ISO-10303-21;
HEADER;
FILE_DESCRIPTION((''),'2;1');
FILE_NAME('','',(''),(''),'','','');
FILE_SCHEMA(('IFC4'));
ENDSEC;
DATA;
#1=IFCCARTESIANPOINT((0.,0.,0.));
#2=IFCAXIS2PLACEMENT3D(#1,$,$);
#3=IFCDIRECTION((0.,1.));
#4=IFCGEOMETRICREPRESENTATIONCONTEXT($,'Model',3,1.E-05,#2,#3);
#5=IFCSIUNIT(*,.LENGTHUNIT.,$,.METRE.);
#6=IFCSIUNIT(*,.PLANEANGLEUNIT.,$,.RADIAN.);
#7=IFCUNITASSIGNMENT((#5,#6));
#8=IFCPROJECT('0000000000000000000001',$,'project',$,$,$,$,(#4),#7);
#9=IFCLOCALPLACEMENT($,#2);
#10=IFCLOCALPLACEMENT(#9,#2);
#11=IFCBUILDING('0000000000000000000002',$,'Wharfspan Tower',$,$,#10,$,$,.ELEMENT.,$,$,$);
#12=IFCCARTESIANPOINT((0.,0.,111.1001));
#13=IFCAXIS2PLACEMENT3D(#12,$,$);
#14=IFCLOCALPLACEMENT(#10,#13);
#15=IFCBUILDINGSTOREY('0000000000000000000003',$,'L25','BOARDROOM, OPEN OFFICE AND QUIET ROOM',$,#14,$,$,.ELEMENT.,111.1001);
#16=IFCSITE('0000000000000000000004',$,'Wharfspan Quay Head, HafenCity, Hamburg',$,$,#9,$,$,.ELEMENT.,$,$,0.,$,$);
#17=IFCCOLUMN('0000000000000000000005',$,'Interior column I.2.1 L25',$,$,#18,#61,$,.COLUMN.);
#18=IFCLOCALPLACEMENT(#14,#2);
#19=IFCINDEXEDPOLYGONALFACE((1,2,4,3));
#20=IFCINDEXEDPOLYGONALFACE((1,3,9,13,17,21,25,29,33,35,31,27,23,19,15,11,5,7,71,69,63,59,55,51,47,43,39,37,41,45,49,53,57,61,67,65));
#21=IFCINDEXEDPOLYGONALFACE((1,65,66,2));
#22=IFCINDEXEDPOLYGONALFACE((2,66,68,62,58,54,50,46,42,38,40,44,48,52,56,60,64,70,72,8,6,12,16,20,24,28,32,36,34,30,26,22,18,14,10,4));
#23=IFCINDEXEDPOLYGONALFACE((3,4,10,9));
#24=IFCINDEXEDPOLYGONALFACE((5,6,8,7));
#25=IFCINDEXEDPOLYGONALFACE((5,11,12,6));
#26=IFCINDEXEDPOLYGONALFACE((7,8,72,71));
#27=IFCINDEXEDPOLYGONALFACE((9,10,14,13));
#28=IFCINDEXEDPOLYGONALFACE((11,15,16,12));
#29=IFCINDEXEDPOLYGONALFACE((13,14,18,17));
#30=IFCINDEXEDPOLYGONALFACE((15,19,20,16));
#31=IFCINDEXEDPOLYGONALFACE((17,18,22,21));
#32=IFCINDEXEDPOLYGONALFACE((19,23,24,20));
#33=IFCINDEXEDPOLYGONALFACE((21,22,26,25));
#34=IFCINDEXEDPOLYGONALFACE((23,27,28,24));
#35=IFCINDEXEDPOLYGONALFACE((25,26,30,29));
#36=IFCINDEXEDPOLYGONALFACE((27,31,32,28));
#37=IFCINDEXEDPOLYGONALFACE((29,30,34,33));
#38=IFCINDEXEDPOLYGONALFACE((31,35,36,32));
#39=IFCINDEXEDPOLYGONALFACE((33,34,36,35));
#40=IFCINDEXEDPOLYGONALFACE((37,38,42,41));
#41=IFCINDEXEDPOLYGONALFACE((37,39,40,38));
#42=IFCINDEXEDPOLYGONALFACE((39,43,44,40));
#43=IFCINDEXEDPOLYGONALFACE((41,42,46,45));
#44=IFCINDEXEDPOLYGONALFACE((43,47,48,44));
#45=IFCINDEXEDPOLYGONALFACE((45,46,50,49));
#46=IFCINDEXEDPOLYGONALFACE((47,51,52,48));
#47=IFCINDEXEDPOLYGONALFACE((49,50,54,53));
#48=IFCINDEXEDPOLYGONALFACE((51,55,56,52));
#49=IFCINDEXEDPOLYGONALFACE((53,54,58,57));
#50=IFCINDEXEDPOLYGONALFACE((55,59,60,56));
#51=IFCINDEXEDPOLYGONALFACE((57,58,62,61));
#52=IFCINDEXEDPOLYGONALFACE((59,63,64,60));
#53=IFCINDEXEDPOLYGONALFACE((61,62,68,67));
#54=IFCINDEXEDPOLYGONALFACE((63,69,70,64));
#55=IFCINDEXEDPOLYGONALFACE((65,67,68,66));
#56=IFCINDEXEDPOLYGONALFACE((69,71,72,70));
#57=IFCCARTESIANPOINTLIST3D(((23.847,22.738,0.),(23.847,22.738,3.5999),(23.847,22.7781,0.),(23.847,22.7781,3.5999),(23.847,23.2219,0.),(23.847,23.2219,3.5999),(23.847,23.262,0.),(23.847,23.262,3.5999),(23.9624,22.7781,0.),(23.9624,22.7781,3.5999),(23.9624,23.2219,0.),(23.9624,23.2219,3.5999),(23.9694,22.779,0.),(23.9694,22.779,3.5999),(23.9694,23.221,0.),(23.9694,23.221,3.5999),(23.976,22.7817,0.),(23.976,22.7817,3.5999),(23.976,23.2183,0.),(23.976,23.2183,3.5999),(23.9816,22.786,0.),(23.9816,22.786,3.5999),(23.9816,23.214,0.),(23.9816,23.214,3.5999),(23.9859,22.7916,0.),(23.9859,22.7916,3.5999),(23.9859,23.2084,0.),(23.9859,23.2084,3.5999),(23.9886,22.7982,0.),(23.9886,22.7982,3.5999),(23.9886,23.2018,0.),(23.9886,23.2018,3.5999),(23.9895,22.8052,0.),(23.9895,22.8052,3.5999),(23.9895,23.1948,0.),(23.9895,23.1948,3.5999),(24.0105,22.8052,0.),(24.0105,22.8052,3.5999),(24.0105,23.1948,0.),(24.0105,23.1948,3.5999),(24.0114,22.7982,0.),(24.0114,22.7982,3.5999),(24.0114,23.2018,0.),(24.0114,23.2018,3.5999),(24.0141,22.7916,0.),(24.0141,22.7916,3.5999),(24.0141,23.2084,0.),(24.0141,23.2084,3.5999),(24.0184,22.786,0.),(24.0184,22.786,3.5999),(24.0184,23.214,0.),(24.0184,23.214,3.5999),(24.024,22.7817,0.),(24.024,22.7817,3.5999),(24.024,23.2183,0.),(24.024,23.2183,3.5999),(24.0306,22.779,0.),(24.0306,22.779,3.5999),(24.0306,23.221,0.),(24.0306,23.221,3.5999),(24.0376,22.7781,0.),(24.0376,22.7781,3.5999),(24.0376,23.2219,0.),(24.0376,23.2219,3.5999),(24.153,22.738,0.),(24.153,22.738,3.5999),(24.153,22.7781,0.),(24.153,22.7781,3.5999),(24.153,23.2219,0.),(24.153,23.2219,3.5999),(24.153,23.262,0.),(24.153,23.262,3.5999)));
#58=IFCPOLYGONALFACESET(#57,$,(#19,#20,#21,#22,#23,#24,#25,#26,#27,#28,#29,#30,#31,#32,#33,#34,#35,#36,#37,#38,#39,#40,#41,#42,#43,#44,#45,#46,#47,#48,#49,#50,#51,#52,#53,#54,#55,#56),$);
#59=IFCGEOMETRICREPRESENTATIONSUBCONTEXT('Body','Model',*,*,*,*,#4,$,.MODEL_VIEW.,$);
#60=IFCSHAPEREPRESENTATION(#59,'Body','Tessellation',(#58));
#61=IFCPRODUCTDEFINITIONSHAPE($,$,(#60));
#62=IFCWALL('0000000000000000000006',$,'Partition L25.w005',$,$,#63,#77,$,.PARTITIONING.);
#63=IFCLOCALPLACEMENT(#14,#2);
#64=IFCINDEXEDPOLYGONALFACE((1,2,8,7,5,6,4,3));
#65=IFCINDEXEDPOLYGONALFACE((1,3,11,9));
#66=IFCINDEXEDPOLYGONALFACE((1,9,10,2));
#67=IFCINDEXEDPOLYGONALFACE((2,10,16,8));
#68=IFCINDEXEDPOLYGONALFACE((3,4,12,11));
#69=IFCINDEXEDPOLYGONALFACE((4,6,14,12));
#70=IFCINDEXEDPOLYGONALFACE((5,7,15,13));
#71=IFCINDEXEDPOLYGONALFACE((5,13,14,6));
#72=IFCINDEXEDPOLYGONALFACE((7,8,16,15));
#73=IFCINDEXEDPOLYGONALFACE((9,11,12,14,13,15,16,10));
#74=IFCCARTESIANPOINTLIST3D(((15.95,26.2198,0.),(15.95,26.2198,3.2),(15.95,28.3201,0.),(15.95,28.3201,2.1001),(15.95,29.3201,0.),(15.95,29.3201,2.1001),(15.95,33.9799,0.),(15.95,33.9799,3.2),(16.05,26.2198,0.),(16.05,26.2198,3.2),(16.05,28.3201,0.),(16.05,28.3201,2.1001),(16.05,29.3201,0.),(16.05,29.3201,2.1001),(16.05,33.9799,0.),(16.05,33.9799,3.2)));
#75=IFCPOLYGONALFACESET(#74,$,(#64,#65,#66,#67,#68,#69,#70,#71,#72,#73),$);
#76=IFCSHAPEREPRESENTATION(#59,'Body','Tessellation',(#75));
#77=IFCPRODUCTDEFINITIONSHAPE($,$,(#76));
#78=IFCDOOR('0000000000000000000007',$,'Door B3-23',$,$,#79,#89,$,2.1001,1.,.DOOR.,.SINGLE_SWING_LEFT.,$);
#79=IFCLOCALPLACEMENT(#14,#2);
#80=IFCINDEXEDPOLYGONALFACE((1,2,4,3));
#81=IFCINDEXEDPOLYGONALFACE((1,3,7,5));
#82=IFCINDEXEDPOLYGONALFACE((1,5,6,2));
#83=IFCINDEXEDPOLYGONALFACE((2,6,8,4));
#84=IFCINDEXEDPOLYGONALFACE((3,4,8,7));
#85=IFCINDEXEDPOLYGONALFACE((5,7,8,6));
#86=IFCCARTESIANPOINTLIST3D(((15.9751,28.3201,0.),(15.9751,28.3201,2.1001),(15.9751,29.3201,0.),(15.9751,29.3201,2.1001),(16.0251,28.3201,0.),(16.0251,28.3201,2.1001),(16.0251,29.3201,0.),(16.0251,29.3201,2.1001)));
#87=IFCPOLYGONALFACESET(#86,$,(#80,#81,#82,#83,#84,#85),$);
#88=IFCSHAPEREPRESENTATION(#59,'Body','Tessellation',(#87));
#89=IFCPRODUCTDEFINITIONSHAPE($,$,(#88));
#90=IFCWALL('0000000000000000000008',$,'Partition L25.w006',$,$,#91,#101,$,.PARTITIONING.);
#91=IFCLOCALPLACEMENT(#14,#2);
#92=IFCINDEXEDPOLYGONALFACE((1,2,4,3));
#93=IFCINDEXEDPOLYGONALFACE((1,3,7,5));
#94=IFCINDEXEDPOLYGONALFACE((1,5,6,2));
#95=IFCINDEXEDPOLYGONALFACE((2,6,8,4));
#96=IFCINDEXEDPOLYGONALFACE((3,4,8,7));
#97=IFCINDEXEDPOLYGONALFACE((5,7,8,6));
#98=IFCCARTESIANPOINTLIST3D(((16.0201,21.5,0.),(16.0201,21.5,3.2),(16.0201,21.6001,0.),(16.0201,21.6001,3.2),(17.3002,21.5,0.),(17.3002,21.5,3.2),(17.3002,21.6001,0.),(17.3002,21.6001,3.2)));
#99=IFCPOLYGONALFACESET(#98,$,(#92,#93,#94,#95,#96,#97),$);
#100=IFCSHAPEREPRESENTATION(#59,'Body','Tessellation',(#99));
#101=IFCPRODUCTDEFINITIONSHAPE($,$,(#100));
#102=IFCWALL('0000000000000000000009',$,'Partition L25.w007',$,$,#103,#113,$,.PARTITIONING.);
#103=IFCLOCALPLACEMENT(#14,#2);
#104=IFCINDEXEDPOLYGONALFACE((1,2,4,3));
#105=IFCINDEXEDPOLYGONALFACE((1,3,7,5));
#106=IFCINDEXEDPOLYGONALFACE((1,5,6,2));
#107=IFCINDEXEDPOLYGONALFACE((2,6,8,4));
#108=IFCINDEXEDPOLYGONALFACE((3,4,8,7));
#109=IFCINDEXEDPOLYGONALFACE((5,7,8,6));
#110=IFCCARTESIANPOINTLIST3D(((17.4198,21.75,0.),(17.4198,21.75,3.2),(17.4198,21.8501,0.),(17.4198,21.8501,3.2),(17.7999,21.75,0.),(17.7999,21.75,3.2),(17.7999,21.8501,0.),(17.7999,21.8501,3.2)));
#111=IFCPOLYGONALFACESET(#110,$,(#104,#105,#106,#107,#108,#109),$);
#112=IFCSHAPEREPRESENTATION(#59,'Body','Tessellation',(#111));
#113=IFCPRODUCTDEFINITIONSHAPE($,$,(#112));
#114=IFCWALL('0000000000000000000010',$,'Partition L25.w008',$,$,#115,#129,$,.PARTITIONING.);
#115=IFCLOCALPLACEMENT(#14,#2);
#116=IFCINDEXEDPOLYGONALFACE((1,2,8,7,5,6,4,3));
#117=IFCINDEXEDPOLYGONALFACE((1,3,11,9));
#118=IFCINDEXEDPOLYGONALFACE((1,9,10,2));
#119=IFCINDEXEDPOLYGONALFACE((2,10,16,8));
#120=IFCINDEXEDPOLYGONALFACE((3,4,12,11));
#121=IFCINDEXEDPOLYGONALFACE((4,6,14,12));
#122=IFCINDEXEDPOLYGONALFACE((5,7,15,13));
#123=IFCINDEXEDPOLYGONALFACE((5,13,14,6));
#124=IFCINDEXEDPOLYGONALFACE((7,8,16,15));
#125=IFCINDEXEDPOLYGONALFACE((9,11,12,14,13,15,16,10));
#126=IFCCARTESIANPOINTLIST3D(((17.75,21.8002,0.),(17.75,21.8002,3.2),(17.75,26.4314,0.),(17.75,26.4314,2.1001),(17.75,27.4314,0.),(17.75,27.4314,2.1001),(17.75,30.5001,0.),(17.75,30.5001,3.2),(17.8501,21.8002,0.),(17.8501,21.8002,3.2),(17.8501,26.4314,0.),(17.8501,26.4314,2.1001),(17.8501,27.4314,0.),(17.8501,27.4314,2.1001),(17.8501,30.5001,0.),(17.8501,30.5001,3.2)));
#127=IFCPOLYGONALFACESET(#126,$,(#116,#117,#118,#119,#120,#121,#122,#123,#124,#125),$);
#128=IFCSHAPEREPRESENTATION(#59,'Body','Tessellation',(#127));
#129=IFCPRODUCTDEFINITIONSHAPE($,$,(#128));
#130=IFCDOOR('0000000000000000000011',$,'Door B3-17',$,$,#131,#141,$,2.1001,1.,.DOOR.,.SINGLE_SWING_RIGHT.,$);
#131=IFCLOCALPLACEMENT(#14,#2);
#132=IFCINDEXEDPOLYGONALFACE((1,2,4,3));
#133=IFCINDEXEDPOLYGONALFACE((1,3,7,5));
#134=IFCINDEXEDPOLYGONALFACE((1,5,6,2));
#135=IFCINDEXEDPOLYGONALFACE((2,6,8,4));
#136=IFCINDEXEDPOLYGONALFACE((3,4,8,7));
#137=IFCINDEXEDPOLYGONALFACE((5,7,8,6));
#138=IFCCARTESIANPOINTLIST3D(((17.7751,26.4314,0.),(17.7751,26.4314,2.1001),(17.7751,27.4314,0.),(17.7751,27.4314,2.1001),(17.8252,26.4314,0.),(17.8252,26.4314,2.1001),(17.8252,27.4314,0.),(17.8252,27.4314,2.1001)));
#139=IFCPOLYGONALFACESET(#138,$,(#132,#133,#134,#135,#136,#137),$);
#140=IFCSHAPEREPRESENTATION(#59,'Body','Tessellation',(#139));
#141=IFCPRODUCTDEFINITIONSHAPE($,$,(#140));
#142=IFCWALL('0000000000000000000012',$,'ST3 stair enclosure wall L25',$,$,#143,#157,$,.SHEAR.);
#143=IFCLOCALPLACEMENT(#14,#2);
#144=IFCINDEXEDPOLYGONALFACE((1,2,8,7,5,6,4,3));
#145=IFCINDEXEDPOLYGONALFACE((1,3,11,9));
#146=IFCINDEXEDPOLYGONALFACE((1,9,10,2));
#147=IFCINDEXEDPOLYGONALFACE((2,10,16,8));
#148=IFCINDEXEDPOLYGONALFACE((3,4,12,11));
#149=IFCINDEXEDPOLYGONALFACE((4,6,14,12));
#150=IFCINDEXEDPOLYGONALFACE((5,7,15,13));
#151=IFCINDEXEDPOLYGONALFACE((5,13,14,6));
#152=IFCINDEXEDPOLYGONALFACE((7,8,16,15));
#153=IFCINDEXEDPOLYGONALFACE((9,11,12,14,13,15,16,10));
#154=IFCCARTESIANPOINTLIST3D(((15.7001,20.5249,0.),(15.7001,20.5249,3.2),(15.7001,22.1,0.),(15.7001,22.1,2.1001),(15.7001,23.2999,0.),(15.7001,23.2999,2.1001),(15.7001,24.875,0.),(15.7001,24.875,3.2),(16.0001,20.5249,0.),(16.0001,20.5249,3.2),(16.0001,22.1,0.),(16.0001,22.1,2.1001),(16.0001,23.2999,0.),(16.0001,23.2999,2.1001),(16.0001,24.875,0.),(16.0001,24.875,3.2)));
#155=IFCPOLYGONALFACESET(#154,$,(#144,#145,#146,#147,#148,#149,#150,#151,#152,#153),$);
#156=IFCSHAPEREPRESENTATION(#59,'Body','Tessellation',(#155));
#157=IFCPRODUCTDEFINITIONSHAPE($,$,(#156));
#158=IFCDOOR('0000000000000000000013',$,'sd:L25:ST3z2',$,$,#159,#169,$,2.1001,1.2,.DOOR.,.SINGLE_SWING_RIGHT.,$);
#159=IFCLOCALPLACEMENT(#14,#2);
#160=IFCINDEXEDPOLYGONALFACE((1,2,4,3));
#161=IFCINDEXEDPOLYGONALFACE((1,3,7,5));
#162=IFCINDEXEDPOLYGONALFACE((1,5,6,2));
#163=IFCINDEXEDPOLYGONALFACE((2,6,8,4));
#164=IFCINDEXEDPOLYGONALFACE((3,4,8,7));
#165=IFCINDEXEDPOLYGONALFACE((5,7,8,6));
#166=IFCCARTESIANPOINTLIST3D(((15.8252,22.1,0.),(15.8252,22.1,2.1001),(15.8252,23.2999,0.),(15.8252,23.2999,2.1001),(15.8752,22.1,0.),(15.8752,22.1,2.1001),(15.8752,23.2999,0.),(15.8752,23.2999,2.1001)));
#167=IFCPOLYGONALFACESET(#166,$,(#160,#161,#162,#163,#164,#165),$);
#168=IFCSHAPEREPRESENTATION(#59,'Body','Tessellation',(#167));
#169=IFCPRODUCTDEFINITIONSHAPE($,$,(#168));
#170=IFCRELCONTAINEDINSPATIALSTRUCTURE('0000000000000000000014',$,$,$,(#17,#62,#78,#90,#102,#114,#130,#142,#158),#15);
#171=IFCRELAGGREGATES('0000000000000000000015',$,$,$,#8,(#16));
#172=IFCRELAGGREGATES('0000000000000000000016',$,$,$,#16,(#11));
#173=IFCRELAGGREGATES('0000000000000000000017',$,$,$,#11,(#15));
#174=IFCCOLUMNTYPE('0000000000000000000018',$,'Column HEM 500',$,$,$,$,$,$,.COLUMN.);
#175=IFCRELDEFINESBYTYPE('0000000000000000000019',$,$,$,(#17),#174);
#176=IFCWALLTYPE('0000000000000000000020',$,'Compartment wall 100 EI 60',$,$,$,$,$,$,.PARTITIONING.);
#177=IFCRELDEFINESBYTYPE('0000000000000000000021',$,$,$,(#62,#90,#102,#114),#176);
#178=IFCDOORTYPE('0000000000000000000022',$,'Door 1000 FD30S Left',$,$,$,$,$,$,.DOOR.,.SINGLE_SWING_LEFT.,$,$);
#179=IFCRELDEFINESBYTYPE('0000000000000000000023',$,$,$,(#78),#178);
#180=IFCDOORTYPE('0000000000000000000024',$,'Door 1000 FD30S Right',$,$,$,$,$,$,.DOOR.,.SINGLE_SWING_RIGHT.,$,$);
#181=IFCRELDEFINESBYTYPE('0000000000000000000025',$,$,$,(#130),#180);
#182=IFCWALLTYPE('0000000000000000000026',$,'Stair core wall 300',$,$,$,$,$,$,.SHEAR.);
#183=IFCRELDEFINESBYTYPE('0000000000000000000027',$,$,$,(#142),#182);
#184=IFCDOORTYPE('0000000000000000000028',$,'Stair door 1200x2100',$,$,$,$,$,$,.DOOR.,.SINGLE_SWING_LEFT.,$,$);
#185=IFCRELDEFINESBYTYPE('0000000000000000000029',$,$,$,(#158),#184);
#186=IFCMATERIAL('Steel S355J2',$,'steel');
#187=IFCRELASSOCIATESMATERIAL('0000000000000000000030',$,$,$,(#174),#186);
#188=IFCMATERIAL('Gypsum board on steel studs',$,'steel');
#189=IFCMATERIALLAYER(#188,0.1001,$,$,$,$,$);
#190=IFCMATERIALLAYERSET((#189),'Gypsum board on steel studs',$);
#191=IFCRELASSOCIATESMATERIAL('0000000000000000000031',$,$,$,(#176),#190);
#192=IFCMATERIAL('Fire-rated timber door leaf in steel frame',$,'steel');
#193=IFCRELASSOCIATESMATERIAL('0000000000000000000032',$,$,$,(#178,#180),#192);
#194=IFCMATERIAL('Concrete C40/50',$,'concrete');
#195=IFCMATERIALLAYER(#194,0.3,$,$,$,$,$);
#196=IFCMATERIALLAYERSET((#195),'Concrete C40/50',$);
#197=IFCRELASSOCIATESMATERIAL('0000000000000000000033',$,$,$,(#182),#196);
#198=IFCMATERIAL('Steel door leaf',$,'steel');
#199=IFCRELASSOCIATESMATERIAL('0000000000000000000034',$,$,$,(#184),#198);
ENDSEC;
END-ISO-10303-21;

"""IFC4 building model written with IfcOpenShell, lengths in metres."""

from ifc_helpers import new_model, si_unit, direction, frame, frame_2d, origin, origin_2d, place, context, subcontext, project, spatial, rectangle, i_section, extrude, material, layer, layer_set, material_profile, profile_set, type_object, element, fill, save


model = new_model("IFC4")

# Units and contexts
model_context = context("Model", 3, precision=1e-05, world=origin(), true_north=direction((0.0, 1.0)))
body_context = subcontext(model_context, "Body", "Model", "MODEL_VIEW")
ifc_project = project(units=[si_unit("LENGTHUNIT", "METRE"), si_unit("PLANEANGLEUNIT", "RADIAN")], contexts=[model_context])

# Site, building, storey
site_placement = place(None, origin())
site = spatial("IfcSite", under=ifc_project, at=site_placement, Name="Wharfspan Quay Head, HafenCity, Hamburg", CompositionType="ELEMENT", RefElevation=0.0)
building_placement = place(site_placement, origin())
building = spatial("IfcBuilding", under=site, at=building_placement, Name="Wharfspan Tower", CompositionType="ELEMENT")
storey_placement = place(building_placement, frame((0.0, 0.0, 111.1001)))
storey = spatial("IfcBuildingStorey", under=building, at=storey_placement, Name="L25", Description="BOARDROOM, OPEN OFFICE AND QUIET ROOM", CompositionType="ELEMENT", Elevation=111.1001)

# Column
ifc_material_1 = material(Name="Steel S355J2", Category="steel")
ifc_material_profile = material_profile(ifc_material_1, i_section(OverallWidth=0.3059, OverallDepth=0.5239, WebThickness=0.021, FlangeThickness=0.04, FilletRadius=0.0271, at=origin_2d()))
ifc_profile_set = profile_set([ifc_material_profile], Name="Steel S355J2")
column_type = type_object("IfcColumnType", Name="Column HEM 500", PredefinedType="COLUMN", material=ifc_profile_set)
column_placement = place(storey_placement, frame((24.0, 23.0, 0.0), z_axis=(0.0, 0.0, 1.0), x_axis=(1.0, 0.0, 0.0)))
element("IfcColumn", 1, at=column_placement, inside=storey, type_object=column_type, Name="Interior column I.2.1 L25", PredefinedType="COLUMN", context=body_context, shape_type="SweptSolid", body=[
    extrude(i_section(OverallWidth=0.3059, OverallDepth=0.5239, WebThickness=0.021, FlangeThickness=0.04, FilletRadius=0.0271, at=origin_2d()), origin(), (0.0, 0.0, 1.0), 3.5999),
])

# Wall, opening, door
ifc_material_2 = material(Name="Gypsum board on steel studs", Category="steel")
ifc_layer_1 = layer(ifc_material_2, 0.1001)
ifc_layer_set_1 = layer_set([ifc_layer_1], Name="Gypsum board on steel studs")
wall_type_1 = type_object("IfcWallType", Name="Compartment wall 100 EI 60", PredefinedType="PARTITIONING", material=ifc_layer_set_1)
wall_1_placement = place(storey_placement, frame((16.0, 26.22, 0.0), z_axis=(0.0, 0.0, 1.0), x_axis=(0.0, 1.0, 0.0)))
wall_1 = element("IfcWall", 2, at=wall_1_placement, inside=storey, type_object=wall_type_1, Name="Partition L25.w005", PredefinedType="PARTITIONING", context=body_context, shape_type="SweptSolid", body=[
    extrude(rectangle(XDim=7.76, YDim=0.1001, at=frame_2d((3.8799, 0.0))), origin(), (0.0, 0.0, 1.0), 3.2),
])
opening_1_placement = place(wall_1_placement, frame((2.1001, 0.0, 0.0)))
opening_1 = element("IfcOpeningElement", 3, at=opening_1_placement, cuts=wall_1, PredefinedType="OPENING", context=body_context, shape_type="SweptSolid", body=[
    extrude(rectangle(XDim=1.0, YDim=2.1001, at=frame_2d((0.5, 1.05))), frame((0.0, 0.0601, 0.0), z_axis=(0.0, -1.0, 0.0), x_axis=(1.0, 0.0, 0.0)), (0.0, 0.0, 1.0), 0.1201),
])
ifc_material_3 = material(Name="Fire-rated timber door leaf in steel frame", Category="steel")
door_type_1 = type_object("IfcDoorType", Name="Door 1000 FD30S Left", OperationType="SINGLE_SWING_LEFT", PredefinedType="DOOR", material=ifc_material_3)
door_1_placement = place(opening_1_placement, origin())
door_1 = element("IfcDoor", 4, at=door_1_placement, inside=storey, type_object=door_type_1, Name="Door B3-23", OperationType="SINGLE_SWING_LEFT", OverallHeight=2.1001, OverallWidth=1.0, PredefinedType="DOOR", context=body_context, shape_type="SweptSolid", body=[
    extrude(rectangle(XDim=1.0, YDim=2.1001, at=frame_2d((0.5, 1.05))), frame((0.0, 0.0249, 0.0), z_axis=(0.0, -1.0, 0.0), x_axis=(1.0, 0.0, 0.0)), (0.0, 0.0, 1.0), 0.05),
])
fill(opening_1, door_1)

# Walls
wall_2_placement = place(storey_placement, frame((16.02, 21.55, 0.0), z_axis=(0.0, 0.0, 1.0), x_axis=(1.0, 0.0, 0.0)))
element("IfcWall", 5, at=wall_2_placement, inside=storey, type_object=wall_type_1, Name="Partition L25.w006", PredefinedType="PARTITIONING", context=body_context, shape_type="SweptSolid", body=[
    extrude(rectangle(XDim=1.28, YDim=0.1001, at=frame_2d((0.6401, 0.0))), origin(), (0.0, 0.0, 1.0), 3.2),
])
wall_3_placement = place(storey_placement, frame((17.4199, 21.8, 0.0), z_axis=(0.0, 0.0, 1.0), x_axis=(1.0, 0.0, 0.0)))
element("IfcWall", 6, at=wall_3_placement, inside=storey, type_object=wall_type_1, Name="Partition L25.w007", PredefinedType="PARTITIONING", context=body_context, shape_type="SweptSolid", body=[
    extrude(rectangle(XDim=0.3801, YDim=0.1001, at=frame_2d((0.1899, 0.0))), origin(), (0.0, 0.0, 1.0), 3.2),
])

# Walls, openings, doors
wall_4_placement = place(storey_placement, frame((17.8, 21.8, 0.0), z_axis=(0.0, 0.0, 1.0), x_axis=(0.0, 1.0, 0.0)))
wall_4 = element("IfcWall", 7, at=wall_4_placement, inside=storey, type_object=wall_type_1, Name="Partition L25.w008", PredefinedType="PARTITIONING", context=body_context, shape_type="SweptSolid", body=[
    extrude(rectangle(XDim=8.7, YDim=0.1001, at=frame_2d((4.3501, 0.0))), origin(), (0.0, 0.0, 1.0), 3.2),
])
opening_2_placement = place(wall_4_placement, frame((4.6313, 0.0, 0.0)))
opening_2 = element("IfcOpeningElement", 8, at=opening_2_placement, cuts=wall_4, PredefinedType="OPENING", context=body_context, shape_type="SweptSolid", body=[
    extrude(rectangle(XDim=1.0, YDim=2.1001, at=frame_2d((0.5, 1.05))), frame((0.0, 0.0601, 0.0), z_axis=(0.0, -1.0, 0.0), x_axis=(1.0, 0.0, 0.0)), (0.0, 0.0, 1.0), 0.1201),
])
door_type_2 = type_object("IfcDoorType", Name="Door 1000 FD30S Right", OperationType="SINGLE_SWING_RIGHT", PredefinedType="DOOR", material=ifc_material_3)
door_2_placement = place(opening_2_placement, origin())
door_2 = element("IfcDoor", 9, at=door_2_placement, inside=storey, type_object=door_type_2, Name="Door B3-17", OperationType="SINGLE_SWING_RIGHT", OverallHeight=2.1001, OverallWidth=1.0, PredefinedType="DOOR", context=body_context, shape_type="SweptSolid", body=[
    extrude(rectangle(XDim=1.0, YDim=2.1001, at=frame_2d((0.5, 1.05))), frame((0.0, 0.0249, 0.0), z_axis=(0.0, -1.0, 0.0), x_axis=(1.0, 0.0, 0.0)), (0.0, 0.0, 1.0), 0.05),
])
fill(opening_2, door_2)
ifc_material_4 = material(Name="Concrete C40/50", Category="concrete")
ifc_layer_2 = layer(ifc_material_4, 0.3)
ifc_layer_set_2 = layer_set([ifc_layer_2], Name="Concrete C40/50")
wall_type_2 = type_object("IfcWallType", Name="Stair core wall 300", PredefinedType="SHEAR", material=ifc_layer_set_2)
wall_5_placement = place(storey_placement, frame((15.8501, 20.5249, 0.0), z_axis=(0.0, 0.0, 1.0), x_axis=(0.0, 1.0, 0.0)))
wall_5 = element("IfcWall", 10, at=wall_5_placement, inside=storey, type_object=wall_type_2, Name="ST3 stair enclosure wall L25", PredefinedType="SHEAR", context=body_context, shape_type="SweptSolid", body=[
    extrude(rectangle(XDim=4.3501, YDim=0.3, at=frame_2d((2.175, 0.0))), origin(), (0.0, 0.0, 1.0), 3.2),
])
opening_3_placement = place(wall_5_placement, frame((1.575, 0.0, 0.0)))
opening_3 = element("IfcOpeningElement", 11, at=opening_3_placement, cuts=wall_5, PredefinedType="OPENING", context=body_context, shape_type="SweptSolid", body=[
    extrude(rectangle(XDim=1.2, YDim=2.1001, at=frame_2d((0.6001, 1.05))), frame((0.0, 0.1599, 0.0), z_axis=(0.0, -1.0, 0.0), x_axis=(1.0, 0.0, 0.0)), (0.0, 0.0, 1.0), 0.3201),
])
ifc_material_5 = material(Name="Steel door leaf", Category="steel")
door_type_3 = type_object("IfcDoorType", Name="Stair door 1200x2100", OperationType="SINGLE_SWING_LEFT", PredefinedType="DOOR", material=ifc_material_5)
door_3_placement = place(opening_3_placement, origin())
door_3 = element("IfcDoor", 12, at=door_3_placement, inside=storey, type_object=door_type_3, Name="sd:L25:ST3z2", OperationType="SINGLE_SWING_RIGHT", OverallHeight=2.1001, OverallWidth=1.2, PredefinedType="DOOR", context=body_context, shape_type="SweptSolid", body=[
    extrude(rectangle(XDim=1.2, YDim=2.1001, at=frame_2d((0.6001, 1.05))), frame((0.0, 0.0249, 0.0), z_axis=(0.0, -1.0, 0.0), x_axis=(1.0, 0.0, 0.0)), (0.0, 0.0, 1.0), 0.05),
])
fill(opening_3, door_3)

save(model, "model.ifc")
